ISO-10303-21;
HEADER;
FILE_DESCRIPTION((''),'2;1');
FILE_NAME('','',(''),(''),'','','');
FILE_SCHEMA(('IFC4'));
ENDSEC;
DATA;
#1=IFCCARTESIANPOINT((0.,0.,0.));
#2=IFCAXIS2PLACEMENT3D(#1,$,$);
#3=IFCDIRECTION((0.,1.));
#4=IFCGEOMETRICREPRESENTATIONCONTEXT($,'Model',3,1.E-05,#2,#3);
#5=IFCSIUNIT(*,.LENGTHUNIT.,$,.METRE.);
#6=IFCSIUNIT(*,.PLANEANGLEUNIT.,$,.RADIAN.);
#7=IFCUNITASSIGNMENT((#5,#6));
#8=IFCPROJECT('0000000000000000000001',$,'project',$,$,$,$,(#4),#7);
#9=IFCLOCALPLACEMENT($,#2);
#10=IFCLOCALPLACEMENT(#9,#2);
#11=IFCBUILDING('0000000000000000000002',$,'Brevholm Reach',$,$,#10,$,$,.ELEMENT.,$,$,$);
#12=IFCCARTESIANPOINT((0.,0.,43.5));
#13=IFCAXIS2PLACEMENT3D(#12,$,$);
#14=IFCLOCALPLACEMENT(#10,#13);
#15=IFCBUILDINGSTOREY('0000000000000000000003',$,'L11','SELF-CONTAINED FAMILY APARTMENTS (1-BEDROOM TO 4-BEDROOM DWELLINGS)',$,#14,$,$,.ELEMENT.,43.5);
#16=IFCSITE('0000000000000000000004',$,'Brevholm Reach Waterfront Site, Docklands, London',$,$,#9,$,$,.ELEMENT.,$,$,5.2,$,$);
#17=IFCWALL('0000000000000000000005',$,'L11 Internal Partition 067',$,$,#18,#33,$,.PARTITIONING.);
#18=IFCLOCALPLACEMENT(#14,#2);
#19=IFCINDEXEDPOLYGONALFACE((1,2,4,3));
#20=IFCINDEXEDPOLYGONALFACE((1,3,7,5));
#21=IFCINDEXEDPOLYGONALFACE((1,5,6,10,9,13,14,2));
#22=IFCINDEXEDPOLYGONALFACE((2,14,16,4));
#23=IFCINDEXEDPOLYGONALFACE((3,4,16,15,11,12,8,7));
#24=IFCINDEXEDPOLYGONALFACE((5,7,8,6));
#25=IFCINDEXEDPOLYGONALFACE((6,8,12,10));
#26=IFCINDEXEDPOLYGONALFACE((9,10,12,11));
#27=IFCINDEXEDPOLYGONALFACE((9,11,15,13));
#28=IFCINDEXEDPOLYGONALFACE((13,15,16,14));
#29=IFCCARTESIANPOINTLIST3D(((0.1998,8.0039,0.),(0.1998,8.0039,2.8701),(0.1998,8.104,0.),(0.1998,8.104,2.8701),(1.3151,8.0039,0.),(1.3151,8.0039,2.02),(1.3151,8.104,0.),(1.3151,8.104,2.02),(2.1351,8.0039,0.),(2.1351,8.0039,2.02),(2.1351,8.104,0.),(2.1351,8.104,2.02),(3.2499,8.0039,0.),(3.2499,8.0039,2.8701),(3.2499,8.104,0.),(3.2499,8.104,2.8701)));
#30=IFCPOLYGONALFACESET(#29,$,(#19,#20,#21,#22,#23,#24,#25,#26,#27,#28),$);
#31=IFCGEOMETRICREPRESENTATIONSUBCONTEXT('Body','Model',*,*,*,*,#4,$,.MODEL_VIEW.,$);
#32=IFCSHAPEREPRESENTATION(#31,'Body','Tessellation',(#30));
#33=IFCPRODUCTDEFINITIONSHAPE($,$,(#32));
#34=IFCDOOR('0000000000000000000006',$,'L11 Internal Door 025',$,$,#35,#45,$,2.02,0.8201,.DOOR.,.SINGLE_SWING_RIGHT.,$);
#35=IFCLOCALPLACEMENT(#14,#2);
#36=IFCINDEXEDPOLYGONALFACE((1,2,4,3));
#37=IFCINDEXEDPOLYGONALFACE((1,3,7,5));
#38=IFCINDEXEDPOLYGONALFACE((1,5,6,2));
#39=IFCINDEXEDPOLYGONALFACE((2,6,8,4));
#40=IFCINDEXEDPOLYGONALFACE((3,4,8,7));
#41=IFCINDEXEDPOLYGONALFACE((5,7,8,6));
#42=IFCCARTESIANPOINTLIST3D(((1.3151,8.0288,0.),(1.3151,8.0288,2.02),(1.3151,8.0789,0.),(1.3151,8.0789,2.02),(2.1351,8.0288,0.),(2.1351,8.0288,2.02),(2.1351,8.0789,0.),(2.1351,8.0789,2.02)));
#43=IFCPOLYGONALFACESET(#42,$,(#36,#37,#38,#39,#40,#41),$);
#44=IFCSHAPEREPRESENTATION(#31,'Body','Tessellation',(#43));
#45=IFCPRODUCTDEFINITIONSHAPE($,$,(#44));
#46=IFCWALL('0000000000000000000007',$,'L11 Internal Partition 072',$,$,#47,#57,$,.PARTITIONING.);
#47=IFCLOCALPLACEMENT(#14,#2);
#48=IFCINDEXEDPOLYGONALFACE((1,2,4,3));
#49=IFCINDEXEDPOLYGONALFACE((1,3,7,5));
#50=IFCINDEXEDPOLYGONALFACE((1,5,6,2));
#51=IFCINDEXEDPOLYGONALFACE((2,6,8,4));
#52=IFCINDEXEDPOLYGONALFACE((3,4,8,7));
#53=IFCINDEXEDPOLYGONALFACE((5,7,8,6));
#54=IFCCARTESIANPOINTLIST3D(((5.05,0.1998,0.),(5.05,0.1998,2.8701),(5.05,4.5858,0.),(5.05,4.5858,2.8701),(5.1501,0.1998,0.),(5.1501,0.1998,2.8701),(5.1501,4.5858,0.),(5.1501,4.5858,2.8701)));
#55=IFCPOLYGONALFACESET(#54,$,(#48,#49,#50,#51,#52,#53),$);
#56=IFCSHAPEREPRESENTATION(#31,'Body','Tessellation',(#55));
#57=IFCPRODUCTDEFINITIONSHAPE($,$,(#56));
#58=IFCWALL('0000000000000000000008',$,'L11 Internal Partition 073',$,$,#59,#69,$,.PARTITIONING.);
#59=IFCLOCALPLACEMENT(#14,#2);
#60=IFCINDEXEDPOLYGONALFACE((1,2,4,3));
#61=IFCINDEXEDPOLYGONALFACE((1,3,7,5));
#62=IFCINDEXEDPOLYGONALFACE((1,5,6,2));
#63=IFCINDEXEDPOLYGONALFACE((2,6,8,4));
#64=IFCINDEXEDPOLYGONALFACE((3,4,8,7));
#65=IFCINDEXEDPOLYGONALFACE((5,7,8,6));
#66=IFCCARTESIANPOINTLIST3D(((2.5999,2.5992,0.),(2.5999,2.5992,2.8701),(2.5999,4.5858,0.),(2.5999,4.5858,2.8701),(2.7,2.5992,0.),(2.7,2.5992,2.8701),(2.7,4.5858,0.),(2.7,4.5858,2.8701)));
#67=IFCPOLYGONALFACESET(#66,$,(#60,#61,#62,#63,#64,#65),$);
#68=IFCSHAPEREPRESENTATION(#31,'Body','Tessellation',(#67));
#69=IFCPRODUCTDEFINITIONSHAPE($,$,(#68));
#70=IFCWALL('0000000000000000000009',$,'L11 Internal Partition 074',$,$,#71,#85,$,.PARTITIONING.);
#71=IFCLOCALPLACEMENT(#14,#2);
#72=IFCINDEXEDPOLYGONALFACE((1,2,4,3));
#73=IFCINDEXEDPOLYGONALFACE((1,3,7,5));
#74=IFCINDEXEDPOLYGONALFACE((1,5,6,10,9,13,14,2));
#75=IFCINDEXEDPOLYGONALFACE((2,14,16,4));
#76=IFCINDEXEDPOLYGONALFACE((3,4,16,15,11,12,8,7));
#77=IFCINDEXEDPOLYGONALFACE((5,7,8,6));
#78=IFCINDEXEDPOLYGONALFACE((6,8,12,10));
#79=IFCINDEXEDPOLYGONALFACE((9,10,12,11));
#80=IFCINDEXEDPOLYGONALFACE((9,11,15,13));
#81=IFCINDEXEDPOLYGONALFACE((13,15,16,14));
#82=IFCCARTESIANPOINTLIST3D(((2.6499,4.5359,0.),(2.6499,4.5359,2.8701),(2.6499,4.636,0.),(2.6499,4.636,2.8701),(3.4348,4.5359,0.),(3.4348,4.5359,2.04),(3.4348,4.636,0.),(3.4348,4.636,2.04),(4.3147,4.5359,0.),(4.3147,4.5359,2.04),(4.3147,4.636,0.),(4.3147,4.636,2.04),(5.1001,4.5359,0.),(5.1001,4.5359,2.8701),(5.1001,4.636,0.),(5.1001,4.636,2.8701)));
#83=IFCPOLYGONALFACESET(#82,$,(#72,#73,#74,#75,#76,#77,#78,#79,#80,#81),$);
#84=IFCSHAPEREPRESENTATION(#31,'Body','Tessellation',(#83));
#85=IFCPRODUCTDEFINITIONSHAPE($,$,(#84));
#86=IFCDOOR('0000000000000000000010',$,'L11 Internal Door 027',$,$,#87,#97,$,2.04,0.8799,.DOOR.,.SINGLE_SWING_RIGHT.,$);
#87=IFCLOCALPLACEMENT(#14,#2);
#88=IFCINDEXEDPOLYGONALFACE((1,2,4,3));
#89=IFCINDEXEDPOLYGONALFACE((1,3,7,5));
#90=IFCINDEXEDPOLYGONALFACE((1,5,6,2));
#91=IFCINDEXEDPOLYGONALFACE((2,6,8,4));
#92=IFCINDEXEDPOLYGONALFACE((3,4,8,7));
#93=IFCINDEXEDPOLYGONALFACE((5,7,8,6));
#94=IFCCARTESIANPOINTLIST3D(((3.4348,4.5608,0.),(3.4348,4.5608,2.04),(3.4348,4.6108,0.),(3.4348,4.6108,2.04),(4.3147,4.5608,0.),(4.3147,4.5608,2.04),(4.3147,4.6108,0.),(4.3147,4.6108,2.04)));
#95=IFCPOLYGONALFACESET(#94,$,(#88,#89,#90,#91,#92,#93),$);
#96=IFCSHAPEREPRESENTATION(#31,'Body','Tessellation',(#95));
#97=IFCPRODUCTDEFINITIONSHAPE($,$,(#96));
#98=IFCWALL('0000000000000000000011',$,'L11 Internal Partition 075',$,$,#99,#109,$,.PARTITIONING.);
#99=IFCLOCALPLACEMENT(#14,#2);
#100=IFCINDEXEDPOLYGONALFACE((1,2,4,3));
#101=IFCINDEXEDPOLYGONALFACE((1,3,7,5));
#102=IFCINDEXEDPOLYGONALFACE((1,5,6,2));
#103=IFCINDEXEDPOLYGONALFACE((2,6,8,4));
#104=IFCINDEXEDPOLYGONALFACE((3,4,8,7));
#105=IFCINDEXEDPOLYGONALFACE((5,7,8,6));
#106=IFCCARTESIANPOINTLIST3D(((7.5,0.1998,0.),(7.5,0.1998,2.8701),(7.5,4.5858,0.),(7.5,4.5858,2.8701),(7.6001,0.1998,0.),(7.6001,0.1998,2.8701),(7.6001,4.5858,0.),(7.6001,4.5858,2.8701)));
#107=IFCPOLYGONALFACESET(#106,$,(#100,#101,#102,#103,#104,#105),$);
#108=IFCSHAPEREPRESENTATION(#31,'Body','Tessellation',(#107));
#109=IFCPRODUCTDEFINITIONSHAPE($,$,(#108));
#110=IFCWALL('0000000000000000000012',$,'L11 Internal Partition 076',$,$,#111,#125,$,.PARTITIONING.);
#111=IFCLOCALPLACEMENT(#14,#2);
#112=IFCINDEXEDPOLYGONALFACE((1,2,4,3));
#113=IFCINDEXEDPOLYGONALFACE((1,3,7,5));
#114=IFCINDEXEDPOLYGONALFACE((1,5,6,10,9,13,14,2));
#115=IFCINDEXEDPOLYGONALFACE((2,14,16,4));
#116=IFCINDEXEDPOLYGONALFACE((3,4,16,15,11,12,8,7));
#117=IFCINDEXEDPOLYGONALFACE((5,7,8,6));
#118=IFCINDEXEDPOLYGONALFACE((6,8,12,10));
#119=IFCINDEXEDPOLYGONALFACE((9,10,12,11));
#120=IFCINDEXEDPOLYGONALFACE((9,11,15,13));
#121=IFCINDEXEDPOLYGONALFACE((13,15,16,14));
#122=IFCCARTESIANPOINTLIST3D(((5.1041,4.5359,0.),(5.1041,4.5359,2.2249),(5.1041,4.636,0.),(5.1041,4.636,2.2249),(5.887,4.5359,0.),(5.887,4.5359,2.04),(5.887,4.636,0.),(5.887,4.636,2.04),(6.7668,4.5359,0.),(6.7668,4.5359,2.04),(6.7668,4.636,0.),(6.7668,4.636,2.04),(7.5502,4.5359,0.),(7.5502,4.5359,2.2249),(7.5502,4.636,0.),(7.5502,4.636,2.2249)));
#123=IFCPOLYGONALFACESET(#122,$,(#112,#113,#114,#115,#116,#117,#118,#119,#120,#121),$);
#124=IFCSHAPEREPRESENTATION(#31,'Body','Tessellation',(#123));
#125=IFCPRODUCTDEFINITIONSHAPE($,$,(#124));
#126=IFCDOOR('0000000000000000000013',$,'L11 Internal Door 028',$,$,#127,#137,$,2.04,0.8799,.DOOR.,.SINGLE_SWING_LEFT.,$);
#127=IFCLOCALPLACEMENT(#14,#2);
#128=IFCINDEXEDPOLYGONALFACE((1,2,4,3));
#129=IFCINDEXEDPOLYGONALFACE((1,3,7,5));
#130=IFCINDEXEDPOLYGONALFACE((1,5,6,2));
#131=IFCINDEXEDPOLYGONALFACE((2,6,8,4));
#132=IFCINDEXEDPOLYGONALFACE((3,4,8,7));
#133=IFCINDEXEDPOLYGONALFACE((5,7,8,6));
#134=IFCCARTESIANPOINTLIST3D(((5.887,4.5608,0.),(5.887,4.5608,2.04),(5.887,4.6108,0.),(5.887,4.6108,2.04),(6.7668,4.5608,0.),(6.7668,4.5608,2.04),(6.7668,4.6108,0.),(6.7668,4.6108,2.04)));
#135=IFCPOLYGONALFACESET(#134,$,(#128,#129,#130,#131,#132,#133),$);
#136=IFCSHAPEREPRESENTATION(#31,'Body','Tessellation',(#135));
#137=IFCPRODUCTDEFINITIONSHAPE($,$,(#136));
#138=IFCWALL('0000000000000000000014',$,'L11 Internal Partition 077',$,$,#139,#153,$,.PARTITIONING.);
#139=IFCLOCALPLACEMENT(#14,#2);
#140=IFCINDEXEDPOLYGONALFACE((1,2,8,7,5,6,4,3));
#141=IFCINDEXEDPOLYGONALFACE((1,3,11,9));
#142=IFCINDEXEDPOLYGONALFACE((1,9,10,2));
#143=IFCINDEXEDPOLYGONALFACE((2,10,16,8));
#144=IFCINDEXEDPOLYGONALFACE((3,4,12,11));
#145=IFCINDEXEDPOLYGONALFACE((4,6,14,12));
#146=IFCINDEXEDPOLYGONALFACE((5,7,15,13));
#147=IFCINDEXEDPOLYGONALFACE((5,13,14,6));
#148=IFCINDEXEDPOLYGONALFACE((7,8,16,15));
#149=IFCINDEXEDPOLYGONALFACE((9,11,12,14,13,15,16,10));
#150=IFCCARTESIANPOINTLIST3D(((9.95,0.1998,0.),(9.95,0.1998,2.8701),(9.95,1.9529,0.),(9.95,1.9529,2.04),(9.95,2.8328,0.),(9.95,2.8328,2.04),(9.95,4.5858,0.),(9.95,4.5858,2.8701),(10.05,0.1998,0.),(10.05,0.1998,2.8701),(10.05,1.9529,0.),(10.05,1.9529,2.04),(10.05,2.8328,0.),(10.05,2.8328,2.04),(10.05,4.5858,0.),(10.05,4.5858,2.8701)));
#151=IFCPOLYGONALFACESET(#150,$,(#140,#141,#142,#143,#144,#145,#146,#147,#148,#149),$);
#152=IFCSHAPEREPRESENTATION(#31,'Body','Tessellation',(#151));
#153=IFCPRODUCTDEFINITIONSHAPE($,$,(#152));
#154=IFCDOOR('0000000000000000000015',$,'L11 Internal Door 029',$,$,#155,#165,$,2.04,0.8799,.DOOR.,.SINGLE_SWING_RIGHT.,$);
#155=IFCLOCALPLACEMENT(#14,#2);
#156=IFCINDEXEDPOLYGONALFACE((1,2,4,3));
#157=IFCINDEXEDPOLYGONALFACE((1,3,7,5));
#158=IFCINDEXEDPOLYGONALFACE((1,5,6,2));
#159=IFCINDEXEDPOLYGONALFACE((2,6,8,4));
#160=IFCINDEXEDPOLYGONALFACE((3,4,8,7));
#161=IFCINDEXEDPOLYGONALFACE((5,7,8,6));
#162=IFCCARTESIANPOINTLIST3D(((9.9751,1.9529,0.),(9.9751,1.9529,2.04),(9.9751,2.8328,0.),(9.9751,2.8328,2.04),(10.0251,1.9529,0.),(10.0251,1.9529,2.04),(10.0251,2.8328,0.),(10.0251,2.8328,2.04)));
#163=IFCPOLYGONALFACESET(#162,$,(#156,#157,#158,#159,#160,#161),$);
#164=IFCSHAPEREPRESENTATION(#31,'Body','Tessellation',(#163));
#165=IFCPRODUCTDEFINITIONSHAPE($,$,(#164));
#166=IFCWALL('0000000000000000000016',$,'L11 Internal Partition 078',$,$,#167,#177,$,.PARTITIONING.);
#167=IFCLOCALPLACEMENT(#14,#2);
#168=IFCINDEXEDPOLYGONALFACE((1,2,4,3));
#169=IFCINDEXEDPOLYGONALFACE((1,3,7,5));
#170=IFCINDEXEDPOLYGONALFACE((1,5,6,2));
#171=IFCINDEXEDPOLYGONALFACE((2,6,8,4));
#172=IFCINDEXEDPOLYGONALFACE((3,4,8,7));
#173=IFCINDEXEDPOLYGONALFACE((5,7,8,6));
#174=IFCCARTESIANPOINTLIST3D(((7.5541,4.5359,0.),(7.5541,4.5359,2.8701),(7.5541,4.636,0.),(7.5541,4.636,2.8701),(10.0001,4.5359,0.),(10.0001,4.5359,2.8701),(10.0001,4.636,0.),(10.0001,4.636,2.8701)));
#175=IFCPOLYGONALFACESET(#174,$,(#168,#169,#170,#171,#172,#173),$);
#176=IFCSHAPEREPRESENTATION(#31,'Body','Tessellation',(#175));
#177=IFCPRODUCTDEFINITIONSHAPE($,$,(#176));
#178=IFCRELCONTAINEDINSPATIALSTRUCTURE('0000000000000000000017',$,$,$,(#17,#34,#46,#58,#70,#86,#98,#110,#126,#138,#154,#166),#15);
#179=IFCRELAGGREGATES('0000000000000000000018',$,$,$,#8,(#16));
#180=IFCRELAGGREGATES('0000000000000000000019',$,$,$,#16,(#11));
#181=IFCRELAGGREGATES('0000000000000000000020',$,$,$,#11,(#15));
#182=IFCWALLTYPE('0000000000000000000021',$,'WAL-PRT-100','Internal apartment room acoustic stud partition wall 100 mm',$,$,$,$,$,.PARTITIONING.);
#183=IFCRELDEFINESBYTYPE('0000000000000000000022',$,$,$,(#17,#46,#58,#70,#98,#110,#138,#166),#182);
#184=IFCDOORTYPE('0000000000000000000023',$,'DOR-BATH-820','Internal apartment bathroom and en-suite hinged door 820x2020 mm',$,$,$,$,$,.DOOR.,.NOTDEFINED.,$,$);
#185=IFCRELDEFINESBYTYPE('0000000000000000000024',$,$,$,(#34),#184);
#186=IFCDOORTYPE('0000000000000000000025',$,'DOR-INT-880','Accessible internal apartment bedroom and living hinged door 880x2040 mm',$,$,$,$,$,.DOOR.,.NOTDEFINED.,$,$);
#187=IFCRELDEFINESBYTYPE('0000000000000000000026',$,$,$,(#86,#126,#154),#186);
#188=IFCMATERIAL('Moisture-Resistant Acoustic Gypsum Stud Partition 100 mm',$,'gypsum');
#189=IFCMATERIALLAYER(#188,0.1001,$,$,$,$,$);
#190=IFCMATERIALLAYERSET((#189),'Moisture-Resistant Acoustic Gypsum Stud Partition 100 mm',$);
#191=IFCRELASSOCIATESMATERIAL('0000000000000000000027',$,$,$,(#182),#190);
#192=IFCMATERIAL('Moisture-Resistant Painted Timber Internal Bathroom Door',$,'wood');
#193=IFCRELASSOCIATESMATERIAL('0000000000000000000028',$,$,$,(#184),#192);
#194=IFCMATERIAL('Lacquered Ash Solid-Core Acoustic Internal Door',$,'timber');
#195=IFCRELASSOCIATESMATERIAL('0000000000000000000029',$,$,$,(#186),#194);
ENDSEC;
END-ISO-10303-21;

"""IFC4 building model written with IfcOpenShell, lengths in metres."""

from ifc_helpers import new_model, si_unit, direction, frame, frame_2d, origin, place, context, subcontext, project, spatial, rectangle, extrude, material, layer, layer_set, type_object, element, fill, save


model = new_model("IFC4")

# Units and contexts
model_context = context("Model", 3, precision=1e-05, world=origin(), true_north=direction((0.0, 1.0)))
body_context = subcontext(model_context, "Body", "Model", "MODEL_VIEW")
ifc_project = project(units=[si_unit("LENGTHUNIT", "METRE"), si_unit("PLANEANGLEUNIT", "RADIAN")], contexts=[model_context])

# Site, building, storey
site_placement = place(None, origin())
site = spatial("IfcSite", under=ifc_project, at=site_placement, Name="Brevholm Reach Waterfront Site, Docklands, London", CompositionType="ELEMENT", RefElevation=5.2)
building_placement = place(site_placement, origin())
building = spatial("IfcBuilding", under=site, at=building_placement, Name="Brevholm Reach", CompositionType="ELEMENT")
storey_placement = place(building_placement, frame((0.0, 0.0, 43.5)))
storey = spatial("IfcBuildingStorey", under=building, at=storey_placement, Name="L11", Description="SELF-CONTAINED FAMILY APARTMENTS (1-BEDROOM TO 4-BEDROOM DWELLINGS)", CompositionType="ELEMENT", Elevation=43.5)

# Shared definitions
ifc_material_1 = material(Name="Moisture-Resistant Acoustic Gypsum Stud Partition 100 mm", Category="gypsum")
ifc_layer_1 = layer(ifc_material_1, 0.1001)
ifc_layer_set_1 = layer_set([ifc_layer_1], Name="Moisture-Resistant Acoustic Gypsum Stud Partition 100 mm")
wall_type_1 = type_object("IfcWallType", Name="WAL-PRT-100", Description="Internal apartment room acoustic stud partition wall 100 mm", PredefinedType="PARTITIONING", material=ifc_layer_set_1)

# Wall, opening, door
wall_1_placement = place(storey_placement, frame((0.2, 8.054, 0.0), z_axis=(0.0, 0.0, 1.0), x_axis=(1.0, 0.0, 0.0)))
wall_1 = element("IfcWall", 1, at=wall_1_placement, inside=storey, type_object=wall_type_1, Name="L11 Internal Partition 067", PredefinedType="PARTITIONING", context=body_context, shape_type="SweptSolid", body=[
    extrude(rectangle(XDim=3.05, YDim=0.1001, at=frame_2d((1.5249, 0.0))), origin(), (0.0, 0.0, 1.0), 2.8701),
])
opening_1_placement = place(wall_1_placement, frame((1.115, 0.0, 0.0)))
opening_1 = element("IfcOpeningElement", 2, at=opening_1_placement, cuts=wall_1, PredefinedType="OPENING", context=body_context, shape_type="SweptSolid", body=[
    extrude(rectangle(XDim=0.8201, YDim=2.02, at=frame_2d((0.4102, 1.01))), frame((0.0, 0.0601, 0.0), z_axis=(0.0, -1.0, 0.0), x_axis=(1.0, 0.0, 0.0)), (0.0, 0.0, 1.0), 0.1201),
])
ifc_material_2 = material(Name="Moisture-Resistant Painted Timber Internal Bathroom Door", Category="wood")
door_type_1 = type_object("IfcDoorType", Name="DOR-BATH-820", Description="Internal apartment bathroom and en-suite hinged door 820x2020 mm", OperationType="NOTDEFINED", PredefinedType="DOOR", material=ifc_material_2)
door_1_placement = place(opening_1_placement, origin())
door_1 = element("IfcDoor", 3, at=door_1_placement, inside=storey, type_object=door_type_1, Name="L11 Internal Door 025", OperationType="SINGLE_SWING_RIGHT", OverallHeight=2.02, OverallWidth=0.8201, PredefinedType="DOOR", context=body_context, shape_type="SweptSolid", body=[
    extrude(rectangle(XDim=0.8201, YDim=2.02, at=frame_2d((0.4102, 1.01))), frame((0.0, 0.0249, 0.0), z_axis=(0.0, -1.0, 0.0), x_axis=(1.0, 0.0, 0.0)), (0.0, 0.0, 1.0), 0.05),
])
fill(opening_1, door_1)

# Walls
wall_2_placement = place(storey_placement, frame((5.1001, 0.2, 0.0), z_axis=(0.0, 0.0, 1.0), x_axis=(0.0, 1.0, 0.0)))
element("IfcWall", 4, at=wall_2_placement, inside=storey, type_object=wall_type_1, Name="L11 Internal Partition 072", PredefinedType="PARTITIONING", context=body_context, shape_type="SweptSolid", body=[
    extrude(rectangle(XDim=4.386, YDim=0.1001, at=frame_2d((2.1929, 0.0))), origin(), (0.0, 0.0, 1.0), 2.8701),
])
wall_3_placement = place(storey_placement, frame((2.6499, 2.5994, 0.0), z_axis=(0.0, 0.0, 1.0), x_axis=(0.0, 1.0, 0.0)))
element("IfcWall", 5, at=wall_3_placement, inside=storey, type_object=wall_type_1, Name="L11 Internal Partition 073", PredefinedType="PARTITIONING", context=body_context, shape_type="SweptSolid", body=[
    extrude(rectangle(XDim=1.9866, YDim=0.1001, at=frame_2d((0.9932, 0.0))), origin(), (0.0, 0.0, 1.0), 2.8701),
])

# Wall, opening, door
wall_4_placement = place(storey_placement, frame((2.6499, 4.5859, 0.0), z_axis=(0.0, 0.0, 1.0), x_axis=(1.0, 0.0, 0.0)))
wall_4 = element("IfcWall", 6, at=wall_4_placement, inside=storey, type_object=wall_type_1, Name="L11 Internal Partition 074", PredefinedType="PARTITIONING", context=body_context, shape_type="SweptSolid", body=[
    extrude(rectangle(XDim=2.4502, YDim=0.1001, at=frame_2d((1.2251, 0.0))), origin(), (0.0, 0.0, 1.0), 2.8701),
])
opening_2_placement = place(wall_4_placement, frame((0.7849, 0.0, 0.0)))
opening_2 = element("IfcOpeningElement", 7, at=opening_2_placement, cuts=wall_4, PredefinedType="OPENING", context=body_context, shape_type="SweptSolid", body=[
    extrude(rectangle(XDim=0.8799, YDim=2.04, at=frame_2d((0.4399, 1.02))), frame((0.0, 0.0601, 0.0), z_axis=(0.0, -1.0, 0.0), x_axis=(1.0, 0.0, 0.0)), (0.0, 0.0, 1.0), 0.1201),
])
ifc_material_3 = material(Name="Lacquered Ash Solid-Core Acoustic Internal Door", Category="timber")
door_type_2 = type_object("IfcDoorType", Name="DOR-INT-880", Description="Accessible internal apartment bedroom and living hinged door 880x2040 mm", OperationType="NOTDEFINED", PredefinedType="DOOR", material=ifc_material_3)
door_2_placement = place(opening_2_placement, origin())
door_2 = element("IfcDoor", 8, at=door_2_placement, inside=storey, type_object=door_type_2, Name="L11 Internal Door 027", OperationType="SINGLE_SWING_RIGHT", OverallHeight=2.04, OverallWidth=0.8799, PredefinedType="DOOR", context=body_context, shape_type="SweptSolid", body=[
    extrude(rectangle(XDim=0.8799, YDim=2.04, at=frame_2d((0.4399, 1.02))), frame((0.0, 0.0249, 0.0), z_axis=(0.0, -1.0, 0.0), x_axis=(1.0, 0.0, 0.0)), (0.0, 0.0, 1.0), 0.05),
])
fill(opening_2, door_2)

# Wall
wall_5_placement = place(storey_placement, frame((7.55, 0.2, 0.0), z_axis=(0.0, 0.0, 1.0), x_axis=(0.0, 1.0, 0.0)))
element("IfcWall", 9, at=wall_5_placement, inside=storey, type_object=wall_type_1, Name="L11 Internal Partition 075", PredefinedType="PARTITIONING", context=body_context, shape_type="SweptSolid", body=[
    extrude(rectangle(XDim=4.386, YDim=0.1001, at=frame_2d((2.1929, 0.0))), origin(), (0.0, 0.0, 1.0), 2.8701),
])

# Walls, openings, doors
wall_6_placement = place(storey_placement, frame((5.104, 4.5859, 0.0), z_axis=(0.0, 0.0, 1.0), x_axis=(1.0, 0.0, 0.0)))
wall_6 = element("IfcWall", 10, at=wall_6_placement, inside=storey, type_object=wall_type_1, Name="L11 Internal Partition 076", PredefinedType="PARTITIONING", context=body_context, shape_type="SweptSolid", body=[
    extrude(rectangle(XDim=2.446, YDim=0.1001, at=frame_2d((1.2231, 0.0))), origin(), (0.0, 0.0, 1.0), 2.2249),
])
opening_3_placement = place(wall_6_placement, frame((0.783, 0.0, 0.0)))
opening_3 = element("IfcOpeningElement", 11, at=opening_3_placement, cuts=wall_6, PredefinedType="OPENING", context=body_context, shape_type="SweptSolid", body=[
    extrude(rectangle(XDim=0.8799, YDim=2.04, at=frame_2d((0.4399, 1.02))), frame((0.0, 0.0601, 0.0), z_axis=(0.0, -1.0, 0.0), x_axis=(1.0, 0.0, 0.0)), (0.0, 0.0, 1.0), 0.1201),
])
door_3_placement = place(opening_3_placement, origin())
door_3 = element("IfcDoor", 12, at=door_3_placement, inside=storey, type_object=door_type_2, Name="L11 Internal Door 028", OperationType="SINGLE_SWING_LEFT", OverallHeight=2.04, OverallWidth=0.8799, PredefinedType="DOOR", context=body_context, shape_type="SweptSolid", body=[
    extrude(rectangle(XDim=0.8799, YDim=2.04, at=frame_2d((0.4399, 1.02))), frame((0.0, 0.0249, 0.0), z_axis=(0.0, -1.0, 0.0), x_axis=(1.0, 0.0, 0.0)), (0.0, 0.0, 1.0), 0.05),
])
fill(opening_3, door_3)
wall_7_placement = place(storey_placement, frame((10.0, 0.2, 0.0), z_axis=(0.0, 0.0, 1.0), x_axis=(0.0, 1.0, 0.0)))
wall_7 = element("IfcWall", 13, at=wall_7_placement, inside=storey, type_object=wall_type_1, Name="L11 Internal Partition 077", PredefinedType="PARTITIONING", context=body_context, shape_type="SweptSolid", body=[
    extrude(rectangle(XDim=4.386, YDim=0.1001, at=frame_2d((2.1929, 0.0))), origin(), (0.0, 0.0, 1.0), 2.8701),
])
opening_4_placement = place(wall_7_placement, frame((1.7529, 0.0, 0.0)))
opening_4 = element("IfcOpeningElement", 14, at=opening_4_placement, cuts=wall_7, PredefinedType="OPENING", context=body_context, shape_type="SweptSolid", body=[
    extrude(rectangle(XDim=0.8799, YDim=2.04, at=frame_2d((0.4399, 1.02))), frame((0.0, 0.0601, 0.0), z_axis=(0.0, -1.0, 0.0), x_axis=(1.0, 0.0, 0.0)), (0.0, 0.0, 1.0), 0.1201),
])
door_4_placement = place(opening_4_placement, origin())
door_4 = element("IfcDoor", 15, at=door_4_placement, inside=storey, type_object=door_type_2, Name="L11 Internal Door 029", OperationType="SINGLE_SWING_RIGHT", OverallHeight=2.04, OverallWidth=0.8799, PredefinedType="DOOR", context=body_context, shape_type="SweptSolid", body=[
    extrude(rectangle(XDim=0.8799, YDim=2.04, at=frame_2d((0.4399, 1.02))), frame((0.0, 0.0249, 0.0), z_axis=(0.0, -1.0, 0.0), x_axis=(1.0, 0.0, 0.0)), (0.0, 0.0, 1.0), 0.05),
])
fill(opening_4, door_4)

# Wall
wall_8_placement = place(storey_placement, frame((7.554, 4.5859, 0.0), z_axis=(0.0, 0.0, 1.0), x_axis=(1.0, 0.0, 0.0)))
element("IfcWall", 16, at=wall_8_placement, inside=storey, type_object=wall_type_1, Name="L11 Internal Partition 078", PredefinedType="PARTITIONING", context=body_context, shape_type="SweptSolid", body=[
    extrude(rectangle(XDim=2.446, YDim=0.1001, at=frame_2d((1.2231, 0.0))), origin(), (0.0, 0.0, 1.0), 2.8701),
])

save(model, "model.ifc")
